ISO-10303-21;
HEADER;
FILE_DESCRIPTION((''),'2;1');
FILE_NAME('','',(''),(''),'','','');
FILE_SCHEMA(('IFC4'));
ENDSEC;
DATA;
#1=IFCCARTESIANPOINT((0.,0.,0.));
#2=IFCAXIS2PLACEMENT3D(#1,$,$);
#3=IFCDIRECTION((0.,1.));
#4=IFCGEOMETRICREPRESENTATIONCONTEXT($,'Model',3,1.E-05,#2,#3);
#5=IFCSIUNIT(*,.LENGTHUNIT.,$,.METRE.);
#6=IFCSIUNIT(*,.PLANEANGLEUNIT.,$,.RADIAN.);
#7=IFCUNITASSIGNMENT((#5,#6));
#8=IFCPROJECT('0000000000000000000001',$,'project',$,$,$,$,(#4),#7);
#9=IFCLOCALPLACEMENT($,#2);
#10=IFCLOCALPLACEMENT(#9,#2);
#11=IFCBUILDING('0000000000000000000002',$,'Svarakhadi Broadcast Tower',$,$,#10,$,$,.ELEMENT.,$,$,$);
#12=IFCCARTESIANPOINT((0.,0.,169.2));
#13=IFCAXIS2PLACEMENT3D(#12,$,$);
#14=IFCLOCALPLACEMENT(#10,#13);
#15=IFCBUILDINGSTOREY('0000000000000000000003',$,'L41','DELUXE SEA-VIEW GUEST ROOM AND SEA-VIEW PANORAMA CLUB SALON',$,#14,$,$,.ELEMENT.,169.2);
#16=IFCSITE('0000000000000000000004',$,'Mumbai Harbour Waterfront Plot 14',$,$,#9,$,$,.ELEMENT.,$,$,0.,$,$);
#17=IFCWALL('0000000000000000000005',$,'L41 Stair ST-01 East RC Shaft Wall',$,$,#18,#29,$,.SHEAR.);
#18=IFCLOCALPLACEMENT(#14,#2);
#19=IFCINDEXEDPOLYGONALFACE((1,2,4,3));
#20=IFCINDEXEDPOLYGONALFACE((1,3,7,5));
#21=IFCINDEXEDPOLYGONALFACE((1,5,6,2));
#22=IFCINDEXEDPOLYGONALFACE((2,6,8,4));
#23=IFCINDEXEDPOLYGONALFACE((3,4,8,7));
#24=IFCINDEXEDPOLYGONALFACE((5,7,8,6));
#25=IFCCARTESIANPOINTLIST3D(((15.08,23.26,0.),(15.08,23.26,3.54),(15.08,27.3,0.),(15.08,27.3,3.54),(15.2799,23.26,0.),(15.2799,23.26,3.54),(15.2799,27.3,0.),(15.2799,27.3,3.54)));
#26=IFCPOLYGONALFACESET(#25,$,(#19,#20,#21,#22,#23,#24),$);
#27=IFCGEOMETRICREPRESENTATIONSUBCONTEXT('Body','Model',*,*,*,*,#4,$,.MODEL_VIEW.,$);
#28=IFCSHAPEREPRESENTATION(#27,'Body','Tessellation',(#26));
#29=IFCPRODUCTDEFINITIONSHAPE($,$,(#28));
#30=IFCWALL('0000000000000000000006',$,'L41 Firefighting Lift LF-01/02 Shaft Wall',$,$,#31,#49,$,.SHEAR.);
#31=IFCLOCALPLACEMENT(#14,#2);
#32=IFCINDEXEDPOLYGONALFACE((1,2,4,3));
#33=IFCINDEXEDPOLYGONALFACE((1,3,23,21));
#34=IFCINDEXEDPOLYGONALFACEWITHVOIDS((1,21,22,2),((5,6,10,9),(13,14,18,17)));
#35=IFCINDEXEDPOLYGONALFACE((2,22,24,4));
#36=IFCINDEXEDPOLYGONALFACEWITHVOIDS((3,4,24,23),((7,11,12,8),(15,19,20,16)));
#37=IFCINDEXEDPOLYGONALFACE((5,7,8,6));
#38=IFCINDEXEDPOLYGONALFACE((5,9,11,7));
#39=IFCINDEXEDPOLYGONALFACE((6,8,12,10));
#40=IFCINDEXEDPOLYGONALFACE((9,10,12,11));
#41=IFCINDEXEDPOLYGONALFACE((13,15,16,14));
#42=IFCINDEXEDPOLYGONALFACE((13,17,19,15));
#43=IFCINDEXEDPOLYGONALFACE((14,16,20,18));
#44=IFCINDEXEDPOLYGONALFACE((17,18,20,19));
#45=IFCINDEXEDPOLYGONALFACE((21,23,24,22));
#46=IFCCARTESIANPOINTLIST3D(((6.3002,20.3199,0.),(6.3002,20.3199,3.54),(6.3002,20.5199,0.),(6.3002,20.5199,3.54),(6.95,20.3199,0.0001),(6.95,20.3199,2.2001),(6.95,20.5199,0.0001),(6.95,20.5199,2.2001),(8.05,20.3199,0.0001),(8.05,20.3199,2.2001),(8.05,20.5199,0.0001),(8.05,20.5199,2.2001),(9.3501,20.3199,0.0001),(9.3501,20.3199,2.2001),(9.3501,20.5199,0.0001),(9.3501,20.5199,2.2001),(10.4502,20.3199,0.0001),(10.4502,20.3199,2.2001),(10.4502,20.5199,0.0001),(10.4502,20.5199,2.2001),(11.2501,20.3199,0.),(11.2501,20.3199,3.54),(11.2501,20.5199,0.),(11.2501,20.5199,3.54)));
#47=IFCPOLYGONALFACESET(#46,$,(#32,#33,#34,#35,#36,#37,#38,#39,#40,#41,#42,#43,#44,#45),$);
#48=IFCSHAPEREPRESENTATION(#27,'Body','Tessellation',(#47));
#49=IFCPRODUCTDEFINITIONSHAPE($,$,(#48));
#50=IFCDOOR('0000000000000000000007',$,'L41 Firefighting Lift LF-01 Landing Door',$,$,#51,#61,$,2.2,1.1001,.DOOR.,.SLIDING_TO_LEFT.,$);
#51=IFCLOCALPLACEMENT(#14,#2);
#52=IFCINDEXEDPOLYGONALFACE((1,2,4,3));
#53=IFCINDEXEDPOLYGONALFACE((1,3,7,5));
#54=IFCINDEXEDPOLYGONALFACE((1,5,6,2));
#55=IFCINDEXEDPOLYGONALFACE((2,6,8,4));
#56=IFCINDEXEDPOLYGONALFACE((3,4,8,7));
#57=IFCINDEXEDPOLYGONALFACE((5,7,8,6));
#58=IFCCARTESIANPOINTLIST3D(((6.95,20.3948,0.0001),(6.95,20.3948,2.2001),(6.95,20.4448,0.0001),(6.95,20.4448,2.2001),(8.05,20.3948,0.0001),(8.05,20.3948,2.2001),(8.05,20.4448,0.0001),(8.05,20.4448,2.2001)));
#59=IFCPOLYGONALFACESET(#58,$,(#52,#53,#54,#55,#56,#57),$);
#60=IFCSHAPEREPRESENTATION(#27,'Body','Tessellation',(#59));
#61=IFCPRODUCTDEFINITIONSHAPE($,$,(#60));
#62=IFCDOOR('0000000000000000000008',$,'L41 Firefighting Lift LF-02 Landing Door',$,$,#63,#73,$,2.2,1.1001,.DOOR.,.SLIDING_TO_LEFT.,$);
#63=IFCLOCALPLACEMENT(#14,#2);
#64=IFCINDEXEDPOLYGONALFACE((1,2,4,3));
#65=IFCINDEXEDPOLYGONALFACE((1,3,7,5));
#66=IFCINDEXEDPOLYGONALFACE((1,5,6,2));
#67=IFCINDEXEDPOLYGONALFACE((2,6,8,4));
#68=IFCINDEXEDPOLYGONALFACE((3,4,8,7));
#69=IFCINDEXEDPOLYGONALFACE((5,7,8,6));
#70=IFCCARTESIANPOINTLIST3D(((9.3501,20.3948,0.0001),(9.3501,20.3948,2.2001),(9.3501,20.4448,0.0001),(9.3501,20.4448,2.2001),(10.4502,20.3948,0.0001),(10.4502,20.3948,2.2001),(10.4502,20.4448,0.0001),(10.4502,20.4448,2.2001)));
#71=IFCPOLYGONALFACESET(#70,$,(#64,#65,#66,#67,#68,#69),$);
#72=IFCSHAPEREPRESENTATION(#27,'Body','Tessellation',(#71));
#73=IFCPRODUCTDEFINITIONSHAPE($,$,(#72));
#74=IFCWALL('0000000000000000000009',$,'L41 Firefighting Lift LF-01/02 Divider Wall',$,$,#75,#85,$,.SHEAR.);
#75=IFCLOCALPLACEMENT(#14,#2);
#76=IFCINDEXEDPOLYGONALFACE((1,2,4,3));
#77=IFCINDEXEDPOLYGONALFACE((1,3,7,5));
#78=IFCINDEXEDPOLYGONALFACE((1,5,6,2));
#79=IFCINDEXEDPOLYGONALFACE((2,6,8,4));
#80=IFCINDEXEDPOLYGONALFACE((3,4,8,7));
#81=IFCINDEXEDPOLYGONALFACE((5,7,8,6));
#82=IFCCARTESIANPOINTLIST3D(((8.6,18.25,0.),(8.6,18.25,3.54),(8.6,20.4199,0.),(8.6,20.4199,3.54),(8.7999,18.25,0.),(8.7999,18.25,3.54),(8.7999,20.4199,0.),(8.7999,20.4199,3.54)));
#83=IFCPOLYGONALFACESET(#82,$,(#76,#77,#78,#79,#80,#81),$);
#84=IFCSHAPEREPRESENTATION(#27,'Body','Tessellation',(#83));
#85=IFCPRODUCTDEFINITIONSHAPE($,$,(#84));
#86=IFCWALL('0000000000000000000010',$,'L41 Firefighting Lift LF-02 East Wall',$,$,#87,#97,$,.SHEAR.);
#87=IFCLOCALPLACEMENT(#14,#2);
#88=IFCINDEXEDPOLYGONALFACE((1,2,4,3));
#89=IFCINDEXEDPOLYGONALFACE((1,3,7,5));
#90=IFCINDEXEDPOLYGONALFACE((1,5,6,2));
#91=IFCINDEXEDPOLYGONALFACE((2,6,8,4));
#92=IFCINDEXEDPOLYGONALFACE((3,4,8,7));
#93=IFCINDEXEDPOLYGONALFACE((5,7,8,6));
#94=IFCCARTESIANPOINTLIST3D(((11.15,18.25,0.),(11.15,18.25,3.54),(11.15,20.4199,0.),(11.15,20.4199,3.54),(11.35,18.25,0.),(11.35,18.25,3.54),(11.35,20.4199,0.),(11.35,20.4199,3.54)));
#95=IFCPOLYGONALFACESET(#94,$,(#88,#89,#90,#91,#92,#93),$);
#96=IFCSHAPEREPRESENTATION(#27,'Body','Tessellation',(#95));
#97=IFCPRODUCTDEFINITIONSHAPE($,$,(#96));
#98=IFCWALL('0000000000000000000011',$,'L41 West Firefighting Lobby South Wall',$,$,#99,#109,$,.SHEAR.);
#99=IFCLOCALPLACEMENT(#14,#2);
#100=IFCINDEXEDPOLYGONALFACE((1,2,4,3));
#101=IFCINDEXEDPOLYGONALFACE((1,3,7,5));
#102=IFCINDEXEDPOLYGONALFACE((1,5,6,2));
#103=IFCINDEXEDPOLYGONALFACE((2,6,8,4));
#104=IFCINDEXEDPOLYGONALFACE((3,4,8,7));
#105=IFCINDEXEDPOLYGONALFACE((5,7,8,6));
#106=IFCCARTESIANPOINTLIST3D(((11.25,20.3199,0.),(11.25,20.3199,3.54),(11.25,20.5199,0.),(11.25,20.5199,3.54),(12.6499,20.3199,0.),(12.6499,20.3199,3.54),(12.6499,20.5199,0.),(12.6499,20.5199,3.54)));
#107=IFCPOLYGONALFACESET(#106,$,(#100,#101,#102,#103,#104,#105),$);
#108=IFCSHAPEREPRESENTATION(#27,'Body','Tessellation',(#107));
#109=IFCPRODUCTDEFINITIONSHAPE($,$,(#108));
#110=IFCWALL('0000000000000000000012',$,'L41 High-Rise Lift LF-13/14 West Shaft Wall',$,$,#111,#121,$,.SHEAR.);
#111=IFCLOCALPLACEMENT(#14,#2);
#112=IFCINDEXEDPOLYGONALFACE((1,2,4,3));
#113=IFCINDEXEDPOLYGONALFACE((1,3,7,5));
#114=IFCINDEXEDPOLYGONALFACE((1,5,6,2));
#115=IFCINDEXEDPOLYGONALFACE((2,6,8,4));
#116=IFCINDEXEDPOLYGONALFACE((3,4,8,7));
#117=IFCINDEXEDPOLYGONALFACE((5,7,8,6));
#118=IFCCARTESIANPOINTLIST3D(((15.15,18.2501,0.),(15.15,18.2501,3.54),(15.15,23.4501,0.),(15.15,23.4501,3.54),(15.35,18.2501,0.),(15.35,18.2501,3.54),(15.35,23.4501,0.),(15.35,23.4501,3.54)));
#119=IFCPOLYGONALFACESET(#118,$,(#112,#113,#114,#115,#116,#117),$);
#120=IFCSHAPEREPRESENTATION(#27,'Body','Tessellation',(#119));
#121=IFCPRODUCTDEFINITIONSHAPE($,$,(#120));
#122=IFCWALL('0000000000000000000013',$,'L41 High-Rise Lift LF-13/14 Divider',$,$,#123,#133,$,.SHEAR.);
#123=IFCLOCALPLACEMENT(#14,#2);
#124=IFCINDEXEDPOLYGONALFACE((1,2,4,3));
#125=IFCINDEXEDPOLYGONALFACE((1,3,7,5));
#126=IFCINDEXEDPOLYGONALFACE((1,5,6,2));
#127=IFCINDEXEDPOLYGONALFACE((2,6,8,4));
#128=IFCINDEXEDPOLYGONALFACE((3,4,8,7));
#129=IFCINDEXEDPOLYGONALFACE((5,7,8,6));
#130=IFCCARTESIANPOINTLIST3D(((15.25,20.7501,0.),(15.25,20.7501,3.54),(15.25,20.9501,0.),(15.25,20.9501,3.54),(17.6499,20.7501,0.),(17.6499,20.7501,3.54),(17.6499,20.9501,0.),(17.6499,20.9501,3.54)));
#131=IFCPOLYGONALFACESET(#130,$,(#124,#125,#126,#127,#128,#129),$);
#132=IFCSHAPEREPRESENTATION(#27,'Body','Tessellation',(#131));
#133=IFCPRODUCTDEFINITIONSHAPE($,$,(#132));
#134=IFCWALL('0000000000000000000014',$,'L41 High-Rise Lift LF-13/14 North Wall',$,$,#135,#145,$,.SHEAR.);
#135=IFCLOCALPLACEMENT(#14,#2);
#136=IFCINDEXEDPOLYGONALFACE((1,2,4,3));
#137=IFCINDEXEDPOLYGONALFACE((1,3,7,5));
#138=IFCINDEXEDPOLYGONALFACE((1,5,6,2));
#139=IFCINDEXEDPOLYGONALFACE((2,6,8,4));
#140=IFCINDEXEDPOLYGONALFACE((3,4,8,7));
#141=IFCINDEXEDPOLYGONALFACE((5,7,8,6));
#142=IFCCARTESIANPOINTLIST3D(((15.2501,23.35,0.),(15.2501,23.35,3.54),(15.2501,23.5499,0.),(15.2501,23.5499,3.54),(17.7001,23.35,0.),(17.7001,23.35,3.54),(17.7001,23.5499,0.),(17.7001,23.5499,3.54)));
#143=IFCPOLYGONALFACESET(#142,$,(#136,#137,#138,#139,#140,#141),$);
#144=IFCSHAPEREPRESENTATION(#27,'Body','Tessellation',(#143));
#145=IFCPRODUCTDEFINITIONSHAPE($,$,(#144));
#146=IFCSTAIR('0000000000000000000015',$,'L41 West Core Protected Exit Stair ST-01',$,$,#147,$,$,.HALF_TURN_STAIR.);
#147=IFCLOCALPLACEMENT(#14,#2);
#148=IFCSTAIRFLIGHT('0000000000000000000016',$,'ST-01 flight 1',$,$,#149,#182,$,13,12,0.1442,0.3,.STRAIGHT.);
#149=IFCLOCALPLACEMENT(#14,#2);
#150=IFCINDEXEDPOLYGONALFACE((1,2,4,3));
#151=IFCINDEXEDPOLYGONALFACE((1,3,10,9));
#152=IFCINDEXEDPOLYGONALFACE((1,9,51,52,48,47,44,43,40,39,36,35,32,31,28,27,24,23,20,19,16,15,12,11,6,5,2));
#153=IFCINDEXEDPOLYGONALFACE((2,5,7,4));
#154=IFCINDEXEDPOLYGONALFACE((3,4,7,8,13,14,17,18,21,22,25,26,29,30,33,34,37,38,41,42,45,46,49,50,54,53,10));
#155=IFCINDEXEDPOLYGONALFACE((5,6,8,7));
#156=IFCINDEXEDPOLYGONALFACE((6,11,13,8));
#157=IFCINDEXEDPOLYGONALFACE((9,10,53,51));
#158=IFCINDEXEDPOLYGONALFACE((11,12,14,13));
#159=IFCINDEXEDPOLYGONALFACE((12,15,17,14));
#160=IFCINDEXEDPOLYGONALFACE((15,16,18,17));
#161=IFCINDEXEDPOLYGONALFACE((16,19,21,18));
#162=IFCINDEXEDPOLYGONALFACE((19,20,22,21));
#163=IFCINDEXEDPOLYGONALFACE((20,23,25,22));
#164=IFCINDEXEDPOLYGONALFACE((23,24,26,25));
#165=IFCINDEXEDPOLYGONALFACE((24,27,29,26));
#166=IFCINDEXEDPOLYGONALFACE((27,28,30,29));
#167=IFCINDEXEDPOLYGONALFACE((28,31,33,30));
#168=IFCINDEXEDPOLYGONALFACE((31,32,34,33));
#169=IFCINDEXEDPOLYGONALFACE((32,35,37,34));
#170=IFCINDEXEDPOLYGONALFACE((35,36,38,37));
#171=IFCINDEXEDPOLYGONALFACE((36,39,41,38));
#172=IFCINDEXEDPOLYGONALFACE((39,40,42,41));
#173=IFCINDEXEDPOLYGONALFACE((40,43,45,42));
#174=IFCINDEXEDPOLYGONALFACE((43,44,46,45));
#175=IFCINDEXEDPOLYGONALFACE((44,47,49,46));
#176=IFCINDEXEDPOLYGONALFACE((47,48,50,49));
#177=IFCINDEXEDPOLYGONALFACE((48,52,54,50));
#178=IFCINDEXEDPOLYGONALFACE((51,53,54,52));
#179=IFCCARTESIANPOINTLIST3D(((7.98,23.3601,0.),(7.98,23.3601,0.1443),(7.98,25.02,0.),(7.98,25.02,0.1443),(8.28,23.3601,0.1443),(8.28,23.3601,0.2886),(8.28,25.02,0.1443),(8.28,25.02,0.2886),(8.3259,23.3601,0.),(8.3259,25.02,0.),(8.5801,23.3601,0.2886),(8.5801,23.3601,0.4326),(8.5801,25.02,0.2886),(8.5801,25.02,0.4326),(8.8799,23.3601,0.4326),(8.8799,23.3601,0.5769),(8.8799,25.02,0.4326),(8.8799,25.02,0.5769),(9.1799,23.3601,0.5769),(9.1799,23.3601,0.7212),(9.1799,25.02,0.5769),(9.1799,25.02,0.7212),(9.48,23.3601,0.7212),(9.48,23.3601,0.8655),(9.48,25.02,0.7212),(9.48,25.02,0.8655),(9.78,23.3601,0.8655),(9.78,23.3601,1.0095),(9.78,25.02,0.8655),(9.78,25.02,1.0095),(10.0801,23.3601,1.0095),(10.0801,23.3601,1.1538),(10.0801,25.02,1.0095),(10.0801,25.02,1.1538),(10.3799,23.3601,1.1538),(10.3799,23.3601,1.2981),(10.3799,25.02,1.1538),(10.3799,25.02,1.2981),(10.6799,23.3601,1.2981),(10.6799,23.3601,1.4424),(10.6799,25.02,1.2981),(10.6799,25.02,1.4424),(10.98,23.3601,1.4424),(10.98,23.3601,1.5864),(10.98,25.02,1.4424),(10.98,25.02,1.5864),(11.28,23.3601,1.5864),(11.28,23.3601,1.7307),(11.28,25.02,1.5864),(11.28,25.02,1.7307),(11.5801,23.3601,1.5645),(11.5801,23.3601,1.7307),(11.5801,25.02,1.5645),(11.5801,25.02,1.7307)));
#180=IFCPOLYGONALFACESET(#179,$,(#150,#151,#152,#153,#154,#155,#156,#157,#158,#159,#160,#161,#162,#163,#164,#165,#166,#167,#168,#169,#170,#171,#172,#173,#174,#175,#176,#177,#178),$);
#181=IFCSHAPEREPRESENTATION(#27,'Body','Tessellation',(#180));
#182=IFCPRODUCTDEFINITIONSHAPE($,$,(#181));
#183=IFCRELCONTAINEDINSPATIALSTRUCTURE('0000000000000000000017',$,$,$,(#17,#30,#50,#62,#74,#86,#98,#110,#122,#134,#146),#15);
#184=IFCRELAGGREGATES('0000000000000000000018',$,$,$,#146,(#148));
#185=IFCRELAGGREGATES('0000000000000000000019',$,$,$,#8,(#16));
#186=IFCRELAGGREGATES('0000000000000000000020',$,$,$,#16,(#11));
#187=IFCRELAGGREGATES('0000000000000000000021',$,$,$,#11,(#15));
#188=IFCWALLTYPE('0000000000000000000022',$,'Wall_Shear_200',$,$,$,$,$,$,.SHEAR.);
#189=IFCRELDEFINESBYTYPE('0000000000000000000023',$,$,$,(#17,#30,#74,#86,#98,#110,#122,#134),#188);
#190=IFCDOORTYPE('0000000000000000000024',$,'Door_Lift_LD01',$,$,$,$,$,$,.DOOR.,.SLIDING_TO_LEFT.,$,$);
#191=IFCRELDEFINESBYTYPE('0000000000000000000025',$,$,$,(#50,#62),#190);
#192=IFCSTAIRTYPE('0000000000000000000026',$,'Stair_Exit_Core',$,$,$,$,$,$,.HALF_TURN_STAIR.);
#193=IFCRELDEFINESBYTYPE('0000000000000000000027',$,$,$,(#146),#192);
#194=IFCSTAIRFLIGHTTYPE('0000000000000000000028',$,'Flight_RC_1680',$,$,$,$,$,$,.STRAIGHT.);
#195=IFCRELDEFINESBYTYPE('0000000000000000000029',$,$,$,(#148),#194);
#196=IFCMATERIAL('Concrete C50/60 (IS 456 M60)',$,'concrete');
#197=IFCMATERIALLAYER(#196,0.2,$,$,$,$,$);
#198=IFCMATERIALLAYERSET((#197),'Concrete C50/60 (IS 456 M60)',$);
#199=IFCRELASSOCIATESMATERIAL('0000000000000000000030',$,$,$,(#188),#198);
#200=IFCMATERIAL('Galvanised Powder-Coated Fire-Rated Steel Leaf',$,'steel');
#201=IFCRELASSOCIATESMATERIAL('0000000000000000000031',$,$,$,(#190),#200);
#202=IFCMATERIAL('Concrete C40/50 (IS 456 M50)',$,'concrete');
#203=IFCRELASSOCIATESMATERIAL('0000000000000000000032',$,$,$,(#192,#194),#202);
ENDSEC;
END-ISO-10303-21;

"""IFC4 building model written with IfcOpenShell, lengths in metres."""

from ifc_helpers import new_model, si_unit, direction, frame, frame_2d, origin, place, context, subcontext, project, spatial, polyline, rectangle, outline, extrude, material, layer, layer_set, type_object, element, fill, aggregate, save


model = new_model("IFC4")

# Units and contexts
model_context = context("Model", 3, precision=1e-05, world=origin(), true_north=direction((0.0, 1.0)))
body_context = subcontext(model_context, "Body", "Model", "MODEL_VIEW")
ifc_project = project(units=[si_unit("LENGTHUNIT", "METRE"), si_unit("PLANEANGLEUNIT", "RADIAN")], contexts=[model_context])

# Site, building, storey
site_placement = place(None, origin())
site = spatial("IfcSite", under=ifc_project, at=site_placement, Name="Mumbai Harbour Waterfront Plot 14", CompositionType="ELEMENT", RefElevation=0.0)
building_placement = place(site_placement, origin())
building = spatial("IfcBuilding", under=site, at=building_placement, Name="Svarakhadi Broadcast Tower", CompositionType="ELEMENT")
storey_placement = place(building_placement, frame((0.0, 0.0, 169.2)))
storey = spatial("IfcBuildingStorey", under=building, at=storey_placement, Name="L41", Description="DELUXE SEA-VIEW GUEST ROOM AND SEA-VIEW PANORAMA CLUB SALON", CompositionType="ELEMENT", Elevation=169.2)

# Shared definitions
ifc_material_1 = material(Name="Concrete C50/60 (IS 456 M60)", Category="concrete")

# Shared definitions
ifc_material_2 = material(Name="Concrete C40/50 (IS 456 M50)", Category="concrete")

# Shared definitions
ifc_layer_1 = layer(ifc_material_1, 0.2)
ifc_layer_set_1 = layer_set([ifc_layer_1], Name="Concrete C50/60 (IS 456 M60)")
wall_type_1 = type_object("IfcWallType", Name="Wall_Shear_200", PredefinedType="SHEAR", material=ifc_layer_set_1)
ifc_material_3 = material(Name="Galvanised Powder-Coated Fire-Rated Steel Leaf", Category="steel")

# Wall
wall_1_placement = place(storey_placement, frame((15.1799, 23.26, 0.0), z_axis=(0.0, 0.0, 1.0), x_axis=(0.0, 1.0, 0.0)))
element("IfcWall", 1, at=wall_1_placement, inside=storey, type_object=wall_type_1, Name="L41 Stair ST-01 East RC Shaft Wall", PredefinedType="SHEAR", context=body_context, shape_type="SweptSolid", body=[
    extrude(rectangle(XDim=4.04, YDim=0.2, at=frame_2d((2.02, 0.0))), origin(), (0.0, 0.0, 1.0), 3.54),
])

# Wall, openings, doors
wall_2_placement = place(storey_placement, frame((6.3, 20.4199, 0.0), z_axis=(0.0, 0.0, 1.0), x_axis=(1.0, 0.0, 0.0)))
wall_2 = element("IfcWall", 2, at=wall_2_placement, inside=storey, type_object=wall_type_1, Name="L41 Firefighting Lift LF-01/02 Shaft Wall", PredefinedType="SHEAR", context=body_context, shape_type="SweptSolid", body=[
    extrude(rectangle(XDim=4.95, YDim=0.2, at=frame_2d((2.4751, 0.0))), origin(), (0.0, 0.0, 1.0), 3.54),
])
opening_1_placement = place(wall_2_placement, frame((0.6499, 0.0, 0.0)))
opening_1 = element("IfcOpeningElement", 3, at=opening_1_placement, cuts=wall_2, PredefinedType="OPENING", context=body_context, shape_type="SweptSolid", body=[
    extrude(rectangle(XDim=1.1001, YDim=2.2, at=frame_2d((0.55, 1.1001))), frame((0.0, 0.1099, 0.0), z_axis=(0.0, -1.0, 0.0), x_axis=(1.0, 0.0, 0.0)), (0.0, 0.0, 1.0), 0.22),
])
opening_2_placement = place(wall_2_placement, frame((3.05, 0.0, 0.0)))
opening_2 = element("IfcOpeningElement", 4, at=opening_2_placement, cuts=wall_2, PredefinedType="OPENING", context=body_context, shape_type="SweptSolid", body=[
    extrude(rectangle(XDim=1.1001, YDim=2.2, at=frame_2d((0.55, 1.1001))), frame((0.0, 0.1099, 0.0), z_axis=(0.0, -1.0, 0.0), x_axis=(1.0, 0.0, 0.0)), (0.0, 0.0, 1.0), 0.22),
])
door_type_1 = type_object("IfcDoorType", Name="Door_Lift_LD01", OperationType="SLIDING_TO_LEFT", PredefinedType="DOOR", material=ifc_material_3)
door_1_placement = place(opening_1_placement, origin())
door_1 = element("IfcDoor", 5, at=door_1_placement, inside=storey, type_object=door_type_1, Name="L41 Firefighting Lift LF-01 Landing Door", OperationType="SLIDING_TO_LEFT", OverallHeight=2.2, OverallWidth=1.1001, PredefinedType="DOOR", context=body_context, shape_type="SweptSolid", body=[
    extrude(rectangle(XDim=1.1001, YDim=2.2, at=frame_2d((0.55, 1.1001))), frame((0.0, 0.0249, 0.0), z_axis=(0.0, -1.0, 0.0), x_axis=(1.0, 0.0, 0.0)), (0.0, 0.0, 1.0), 0.05),
])
fill(opening_1, door_1)
door_2_placement = place(opening_2_placement, origin())
door_2 = element("IfcDoor", 6, at=door_2_placement, inside=storey, type_object=door_type_1, Name="L41 Firefighting Lift LF-02 Landing Door", OperationType="SLIDING_TO_LEFT", OverallHeight=2.2, OverallWidth=1.1001, PredefinedType="DOOR", context=body_context, shape_type="SweptSolid", body=[
    extrude(rectangle(XDim=1.1001, YDim=2.2, at=frame_2d((0.55, 1.1001))), frame((0.0, 0.0249, 0.0), z_axis=(0.0, -1.0, 0.0), x_axis=(1.0, 0.0, 0.0)), (0.0, 0.0, 1.0), 0.05),
])
fill(opening_2, door_2)

# Walls
for number, where, z_axis, x_axis, name in (
    (7, (8.7, 18.25, 0.0), (0.0, 0.0, 1.0), (0.0, 1.0, 0.0), "L41 Firefighting Lift LF-01/02 Divider Wall"),
    (8, (11.25, 18.25, 0.0), (0.0, 0.0, 1.0), (0.0, 1.0, 0.0), "L41 Firefighting Lift LF-02 East Wall"),
):
    element("IfcWall", number, at=place(storey_placement, frame(where, z_axis=z_axis, x_axis=x_axis)), inside=storey, type_object=wall_type_1, Name=name, PredefinedType="SHEAR", context=body_context, shape_type="SweptSolid", body=[
        extrude(rectangle(XDim=2.1699, YDim=0.2, at=frame_2d((1.085, 0.0))), origin(), (0.0, 0.0, 1.0), 3.54),
    ])
wall_3_placement = place(storey_placement, frame((11.25, 20.4199, 0.0), z_axis=(0.0, 0.0, 1.0), x_axis=(1.0, 0.0, 0.0)))
element("IfcWall", 9, at=wall_3_placement, inside=storey, type_object=wall_type_1, Name="L41 West Firefighting Lobby South Wall", PredefinedType="SHEAR", context=body_context, shape_type="SweptSolid", body=[
    extrude(rectangle(XDim=1.3999, YDim=0.2, at=frame_2d((0.7, 0.0))), origin(), (0.0, 0.0, 1.0), 3.54),
])

# Walls
wall_4_placement = place(storey_placement, frame((15.25, 18.25, 0.0), z_axis=(0.0, 0.0, 1.0), x_axis=(0.0, 1.0, 0.0)))
element("IfcWall", 10, at=wall_4_placement, inside=storey, type_object=wall_type_1, Name="L41 High-Rise Lift LF-13/14 West Shaft Wall", PredefinedType="SHEAR", context=body_context, shape_type="SweptSolid", body=[
    extrude(rectangle(XDim=5.2, YDim=0.2, at=frame_2d((2.6001, 0.0))), origin(), (0.0, 0.0, 1.0), 3.54),
])
wall_5_placement = place(storey_placement, frame((15.25, 20.8501, 0.0), z_axis=(0.0, 0.0, 1.0), x_axis=(1.0, 0.0, 0.0)))
element("IfcWall", 11, at=wall_5_placement, inside=storey, type_object=wall_type_1, Name="L41 High-Rise Lift LF-13/14 Divider", PredefinedType="SHEAR", context=body_context, shape_type="SweptSolid", body=[
    extrude(rectangle(XDim=2.3999, YDim=0.2, at=frame_2d((1.2, 0.0))), origin(), (0.0, 0.0, 1.0), 3.54),
])
wall_6_placement = place(storey_placement, frame((15.25, 23.45, 0.0), z_axis=(0.0, 0.0, 1.0), x_axis=(1.0, 0.0, 0.0)))
element("IfcWall", 12, at=wall_6_placement, inside=storey, type_object=wall_type_1, Name="L41 High-Rise Lift LF-13/14 North Wall", PredefinedType="SHEAR", context=body_context, shape_type="SweptSolid", body=[
    extrude(rectangle(XDim=2.45, YDim=0.2, at=frame_2d((1.2251, 0.0))), origin(), (0.0, 0.0, 1.0), 3.54),
])

# Stair, stair flight
stair_type = type_object("IfcStairType", Name="Stair_Exit_Core", PredefinedType="HALF_TURN_STAIR", material=ifc_material_2)
stair_placement = place(storey_placement, origin())
stair = element("IfcStair", 13, at=stair_placement, inside=storey, type_object=stair_type, Name="L41 West Core Protected Exit Stair ST-01", PredefinedType="HALF_TURN_STAIR")
stair_flight_type = type_object("IfcStairFlightType", Name="Flight_RC_1680", PredefinedType="STRAIGHT", material=ifc_material_2)
stair_flight_1_placement = place(storey_placement, frame((7.98, 24.1899, 0.0), z_axis=(0.0, 0.0, 1.0), x_axis=(1.0, 0.0, 0.0)))
stair_flight_1 = element("IfcStairFlight", 14, at=stair_flight_1_placement, type_object=stair_flight_type, Name="ST-01 flight 1", NumberOfRisers=13, NumberOfTreads=12, PredefinedType="STRAIGHT", RiserHeight=0.1442, TreadLength=0.3, context=body_context, shape_type="SweptSolid", body=[
    extrude(outline(polyline([(0.0, 0.0), (0.0, 0.1443), (0.3, 0.1443), (0.3, 0.2886), (0.6001, 0.2886), (0.6001, 0.4326), (0.8999, 0.4326), (0.8999, 0.5769), (1.2, 0.5769), (1.2, 0.7212), (1.5, 0.7212), (1.5, 0.8655), (1.8, 0.8655), (1.8, 1.0095), (2.1001, 1.0095), (2.1001, 1.1538), (2.3999, 1.1538), (2.3999, 1.2981), (2.7, 1.2981), (2.7, 1.4424), (3.0, 1.4424), (3.0, 1.5864), (3.3, 1.5864), (3.3, 1.7307), (3.6001, 1.7307), (3.6001, 1.875), (3.6001, 1.5645), (0.3459, 0.0), (0.0, 0.0)])), frame((0.0, 0.8301, 0.0), z_axis=(0.0, -1.0, 0.0), x_axis=(1.0, 0.0, 0.0)), (0.0, 0.0, 1.0), 1.6599),
])
aggregate(stair, [stair_flight_1])

save(model, "model.ifc")
